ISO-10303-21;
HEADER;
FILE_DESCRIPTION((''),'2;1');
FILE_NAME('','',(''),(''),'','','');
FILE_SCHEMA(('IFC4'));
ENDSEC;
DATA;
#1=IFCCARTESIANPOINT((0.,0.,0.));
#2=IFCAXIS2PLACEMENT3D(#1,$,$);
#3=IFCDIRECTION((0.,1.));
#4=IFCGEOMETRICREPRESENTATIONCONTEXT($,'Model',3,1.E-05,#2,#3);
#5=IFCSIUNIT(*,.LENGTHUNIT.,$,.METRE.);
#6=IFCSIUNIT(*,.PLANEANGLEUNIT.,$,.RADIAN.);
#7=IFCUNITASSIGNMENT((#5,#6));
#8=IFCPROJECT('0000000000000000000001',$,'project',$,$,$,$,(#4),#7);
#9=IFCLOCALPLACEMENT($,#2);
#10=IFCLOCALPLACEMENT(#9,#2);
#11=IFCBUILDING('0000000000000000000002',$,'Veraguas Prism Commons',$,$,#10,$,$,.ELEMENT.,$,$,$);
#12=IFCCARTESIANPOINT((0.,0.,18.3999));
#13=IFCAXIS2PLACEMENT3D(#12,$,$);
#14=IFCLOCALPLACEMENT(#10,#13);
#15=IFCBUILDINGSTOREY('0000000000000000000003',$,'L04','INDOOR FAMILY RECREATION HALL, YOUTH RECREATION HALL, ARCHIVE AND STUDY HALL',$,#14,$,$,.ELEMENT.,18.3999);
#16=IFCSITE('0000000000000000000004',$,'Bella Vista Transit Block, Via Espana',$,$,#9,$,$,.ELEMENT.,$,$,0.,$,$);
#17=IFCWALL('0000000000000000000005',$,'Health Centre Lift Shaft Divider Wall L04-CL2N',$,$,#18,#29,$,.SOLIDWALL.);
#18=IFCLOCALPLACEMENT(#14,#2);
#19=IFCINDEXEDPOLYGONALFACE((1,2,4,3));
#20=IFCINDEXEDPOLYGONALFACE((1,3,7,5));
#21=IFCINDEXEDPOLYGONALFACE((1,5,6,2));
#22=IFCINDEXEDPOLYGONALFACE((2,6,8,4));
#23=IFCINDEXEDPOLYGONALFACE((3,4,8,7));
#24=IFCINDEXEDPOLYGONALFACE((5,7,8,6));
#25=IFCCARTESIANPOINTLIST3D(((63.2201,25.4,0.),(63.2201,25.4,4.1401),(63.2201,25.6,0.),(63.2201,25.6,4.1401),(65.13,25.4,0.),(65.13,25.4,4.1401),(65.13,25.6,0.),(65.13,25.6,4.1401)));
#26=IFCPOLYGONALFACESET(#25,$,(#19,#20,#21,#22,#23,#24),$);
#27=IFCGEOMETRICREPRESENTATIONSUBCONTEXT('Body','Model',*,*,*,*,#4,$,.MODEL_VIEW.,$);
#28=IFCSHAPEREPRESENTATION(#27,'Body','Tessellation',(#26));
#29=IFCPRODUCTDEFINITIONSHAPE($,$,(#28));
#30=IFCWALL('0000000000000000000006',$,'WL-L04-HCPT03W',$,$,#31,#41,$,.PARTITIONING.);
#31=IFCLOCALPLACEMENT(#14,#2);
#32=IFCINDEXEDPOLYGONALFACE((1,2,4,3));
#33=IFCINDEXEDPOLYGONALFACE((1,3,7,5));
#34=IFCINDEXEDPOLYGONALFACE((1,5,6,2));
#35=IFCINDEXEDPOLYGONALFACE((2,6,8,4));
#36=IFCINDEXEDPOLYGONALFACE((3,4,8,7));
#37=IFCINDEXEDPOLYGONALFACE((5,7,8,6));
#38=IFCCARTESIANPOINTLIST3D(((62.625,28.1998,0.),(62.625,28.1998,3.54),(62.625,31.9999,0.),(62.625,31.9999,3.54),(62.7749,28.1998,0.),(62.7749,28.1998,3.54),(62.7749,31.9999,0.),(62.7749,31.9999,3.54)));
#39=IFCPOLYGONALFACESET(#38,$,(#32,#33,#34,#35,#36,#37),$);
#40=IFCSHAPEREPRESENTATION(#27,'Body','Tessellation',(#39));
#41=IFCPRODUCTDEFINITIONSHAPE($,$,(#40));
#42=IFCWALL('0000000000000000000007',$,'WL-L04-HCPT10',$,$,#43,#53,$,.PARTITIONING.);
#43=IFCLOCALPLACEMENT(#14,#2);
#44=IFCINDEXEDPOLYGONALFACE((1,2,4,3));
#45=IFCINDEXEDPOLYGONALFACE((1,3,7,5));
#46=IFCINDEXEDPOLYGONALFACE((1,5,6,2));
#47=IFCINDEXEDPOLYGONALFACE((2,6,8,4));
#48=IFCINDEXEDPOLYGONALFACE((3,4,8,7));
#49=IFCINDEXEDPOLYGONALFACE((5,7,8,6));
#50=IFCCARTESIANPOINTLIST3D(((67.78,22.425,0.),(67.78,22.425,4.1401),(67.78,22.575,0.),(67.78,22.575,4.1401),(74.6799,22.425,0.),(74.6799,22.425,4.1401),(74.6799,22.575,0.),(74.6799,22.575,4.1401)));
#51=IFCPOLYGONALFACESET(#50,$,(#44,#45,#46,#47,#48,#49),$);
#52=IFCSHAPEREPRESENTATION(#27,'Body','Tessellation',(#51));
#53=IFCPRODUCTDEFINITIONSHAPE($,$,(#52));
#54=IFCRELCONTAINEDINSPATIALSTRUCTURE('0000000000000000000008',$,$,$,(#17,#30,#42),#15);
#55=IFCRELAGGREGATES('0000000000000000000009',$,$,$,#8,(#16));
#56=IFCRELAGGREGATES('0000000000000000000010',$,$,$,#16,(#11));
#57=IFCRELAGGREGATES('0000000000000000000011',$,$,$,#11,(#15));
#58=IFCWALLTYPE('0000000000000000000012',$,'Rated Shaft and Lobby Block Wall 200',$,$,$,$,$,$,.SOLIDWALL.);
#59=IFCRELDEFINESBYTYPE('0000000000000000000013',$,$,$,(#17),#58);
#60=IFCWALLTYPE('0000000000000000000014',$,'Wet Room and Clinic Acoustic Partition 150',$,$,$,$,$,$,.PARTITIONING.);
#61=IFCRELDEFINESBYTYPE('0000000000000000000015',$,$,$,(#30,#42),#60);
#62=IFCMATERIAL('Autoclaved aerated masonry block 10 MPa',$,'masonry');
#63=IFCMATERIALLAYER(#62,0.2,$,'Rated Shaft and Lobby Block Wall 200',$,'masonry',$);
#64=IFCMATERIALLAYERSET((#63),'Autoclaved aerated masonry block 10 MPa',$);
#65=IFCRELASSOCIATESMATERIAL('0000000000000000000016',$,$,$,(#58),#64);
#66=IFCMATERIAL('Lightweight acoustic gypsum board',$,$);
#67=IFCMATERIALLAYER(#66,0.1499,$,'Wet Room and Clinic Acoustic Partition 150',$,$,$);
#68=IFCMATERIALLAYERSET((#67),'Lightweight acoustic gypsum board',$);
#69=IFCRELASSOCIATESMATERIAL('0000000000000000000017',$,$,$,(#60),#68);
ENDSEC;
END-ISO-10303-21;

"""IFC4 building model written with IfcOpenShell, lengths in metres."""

from ifc_helpers import new_model, si_unit, direction, frame, frame_2d, origin, place, context, subcontext, project, spatial, rectangle, extrude, material, layer, layer_set, type_object, element, save


model = new_model("IFC4")

# Units and contexts
model_context = context("Model", 3, precision=1e-05, world=origin(), true_north=direction((0.0, 1.0)))
body_context = subcontext(model_context, "Body", "Model", "MODEL_VIEW")
ifc_project = project(units=[si_unit("LENGTHUNIT", "METRE"), si_unit("PLANEANGLEUNIT", "RADIAN")], contexts=[model_context])

# Site, building, storey
site_placement = place(None, origin())
site = spatial("IfcSite", under=ifc_project, at=site_placement, Name="Bella Vista Transit Block, Via Espana", CompositionType="ELEMENT", RefElevation=0.0)
building_placement = place(site_placement, origin())
building = spatial("IfcBuilding", under=site, at=building_placement, Name="Veraguas Prism Commons", CompositionType="ELEMENT")
storey_placement = place(building_placement, frame((0.0, 0.0, 18.3999)))
storey = spatial("IfcBuildingStorey", under=building, at=storey_placement, Name="L04", Description="INDOOR FAMILY RECREATION HALL, YOUTH RECREATION HALL, ARCHIVE AND STUDY HALL", CompositionType="ELEMENT", Elevation=18.3999)

# Shared definitions
ifc_material_1 = material(Name="Autoclaved aerated masonry block 10 MPa", Category="masonry")

# Walls
ifc_layer_1 = layer(ifc_material_1, 0.2, Name="Rated Shaft and Lobby Block Wall 200", Category="masonry")
ifc_layer_set_1 = layer_set([ifc_layer_1], Name="Autoclaved aerated masonry block 10 MPa")
wall_type_1 = type_object("IfcWallType", Name="Rated Shaft and Lobby Block Wall 200", PredefinedType="SOLIDWALL", material=ifc_layer_set_1)
for number, where, z_axis, x_axis, name in (
    (1, (63.22, 25.5, 0.0), (0.0, 0.0, 1.0), (1.0, 0.0, 0.0), "Health Centre Lift Shaft Divider Wall L04-CL2N"),
):
    element("IfcWall", number, at=place(storey_placement, frame(where, z_axis=z_axis, x_axis=x_axis)), inside=storey, type_object=wall_type_1, Name=name, PredefinedType="SOLIDWALL", context=body_context, shape_type="SweptSolid", body=[
        extrude(rectangle(XDim=1.9099, YDim=0.2, at=frame_2d((0.9551, 0.0))), origin(), (0.0, 0.0, 1.0), 4.1401),
    ])
ifc_material_2 = material(Name="Lightweight acoustic gypsum board")
ifc_layer_2 = layer(ifc_material_2, 0.1499, Name="Wet Room and Clinic Acoustic Partition 150")
ifc_layer_set_2 = layer_set([ifc_layer_2], Name="Lightweight acoustic gypsum board")
wall_type_2 = type_object("IfcWallType", Name="Wet Room and Clinic Acoustic Partition 150", PredefinedType="PARTITIONING", material=ifc_layer_set_2)
wall_1_placement = place(storey_placement, frame((62.7, 28.2, 0.0), z_axis=(0.0, 0.0, 1.0), x_axis=(0.0, 1.0, 0.0)))
element("IfcWall", 2, at=wall_1_placement, inside=storey, type_object=wall_type_2, Name="WL-L04-HCPT03W", PredefinedType="PARTITIONING", context=body_context, shape_type="SweptSolid", body=[
    extrude(rectangle(XDim=3.8, YDim=0.1499, at=frame_2d((1.8999, 0.0))), origin(), (0.0, 0.0, 1.0), 3.54),
])
wall_2_placement = place(storey_placement, frame((67.78, 22.5, 0.0), z_axis=(0.0, 0.0, 1.0), x_axis=(1.0, 0.0, 0.0)))
element("IfcWall", 3, at=wall_2_placement, inside=storey, type_object=wall_type_2, Name="WL-L04-HCPT10", PredefinedType="PARTITIONING", context=body_context, shape_type="SweptSolid", body=[
    extrude(rectangle(XDim=6.8999, YDim=0.1499, at=frame_2d((3.45, 0.0))), origin(), (0.0, 0.0, 1.0), 4.1401),
])

save(model, "model.ifc")
